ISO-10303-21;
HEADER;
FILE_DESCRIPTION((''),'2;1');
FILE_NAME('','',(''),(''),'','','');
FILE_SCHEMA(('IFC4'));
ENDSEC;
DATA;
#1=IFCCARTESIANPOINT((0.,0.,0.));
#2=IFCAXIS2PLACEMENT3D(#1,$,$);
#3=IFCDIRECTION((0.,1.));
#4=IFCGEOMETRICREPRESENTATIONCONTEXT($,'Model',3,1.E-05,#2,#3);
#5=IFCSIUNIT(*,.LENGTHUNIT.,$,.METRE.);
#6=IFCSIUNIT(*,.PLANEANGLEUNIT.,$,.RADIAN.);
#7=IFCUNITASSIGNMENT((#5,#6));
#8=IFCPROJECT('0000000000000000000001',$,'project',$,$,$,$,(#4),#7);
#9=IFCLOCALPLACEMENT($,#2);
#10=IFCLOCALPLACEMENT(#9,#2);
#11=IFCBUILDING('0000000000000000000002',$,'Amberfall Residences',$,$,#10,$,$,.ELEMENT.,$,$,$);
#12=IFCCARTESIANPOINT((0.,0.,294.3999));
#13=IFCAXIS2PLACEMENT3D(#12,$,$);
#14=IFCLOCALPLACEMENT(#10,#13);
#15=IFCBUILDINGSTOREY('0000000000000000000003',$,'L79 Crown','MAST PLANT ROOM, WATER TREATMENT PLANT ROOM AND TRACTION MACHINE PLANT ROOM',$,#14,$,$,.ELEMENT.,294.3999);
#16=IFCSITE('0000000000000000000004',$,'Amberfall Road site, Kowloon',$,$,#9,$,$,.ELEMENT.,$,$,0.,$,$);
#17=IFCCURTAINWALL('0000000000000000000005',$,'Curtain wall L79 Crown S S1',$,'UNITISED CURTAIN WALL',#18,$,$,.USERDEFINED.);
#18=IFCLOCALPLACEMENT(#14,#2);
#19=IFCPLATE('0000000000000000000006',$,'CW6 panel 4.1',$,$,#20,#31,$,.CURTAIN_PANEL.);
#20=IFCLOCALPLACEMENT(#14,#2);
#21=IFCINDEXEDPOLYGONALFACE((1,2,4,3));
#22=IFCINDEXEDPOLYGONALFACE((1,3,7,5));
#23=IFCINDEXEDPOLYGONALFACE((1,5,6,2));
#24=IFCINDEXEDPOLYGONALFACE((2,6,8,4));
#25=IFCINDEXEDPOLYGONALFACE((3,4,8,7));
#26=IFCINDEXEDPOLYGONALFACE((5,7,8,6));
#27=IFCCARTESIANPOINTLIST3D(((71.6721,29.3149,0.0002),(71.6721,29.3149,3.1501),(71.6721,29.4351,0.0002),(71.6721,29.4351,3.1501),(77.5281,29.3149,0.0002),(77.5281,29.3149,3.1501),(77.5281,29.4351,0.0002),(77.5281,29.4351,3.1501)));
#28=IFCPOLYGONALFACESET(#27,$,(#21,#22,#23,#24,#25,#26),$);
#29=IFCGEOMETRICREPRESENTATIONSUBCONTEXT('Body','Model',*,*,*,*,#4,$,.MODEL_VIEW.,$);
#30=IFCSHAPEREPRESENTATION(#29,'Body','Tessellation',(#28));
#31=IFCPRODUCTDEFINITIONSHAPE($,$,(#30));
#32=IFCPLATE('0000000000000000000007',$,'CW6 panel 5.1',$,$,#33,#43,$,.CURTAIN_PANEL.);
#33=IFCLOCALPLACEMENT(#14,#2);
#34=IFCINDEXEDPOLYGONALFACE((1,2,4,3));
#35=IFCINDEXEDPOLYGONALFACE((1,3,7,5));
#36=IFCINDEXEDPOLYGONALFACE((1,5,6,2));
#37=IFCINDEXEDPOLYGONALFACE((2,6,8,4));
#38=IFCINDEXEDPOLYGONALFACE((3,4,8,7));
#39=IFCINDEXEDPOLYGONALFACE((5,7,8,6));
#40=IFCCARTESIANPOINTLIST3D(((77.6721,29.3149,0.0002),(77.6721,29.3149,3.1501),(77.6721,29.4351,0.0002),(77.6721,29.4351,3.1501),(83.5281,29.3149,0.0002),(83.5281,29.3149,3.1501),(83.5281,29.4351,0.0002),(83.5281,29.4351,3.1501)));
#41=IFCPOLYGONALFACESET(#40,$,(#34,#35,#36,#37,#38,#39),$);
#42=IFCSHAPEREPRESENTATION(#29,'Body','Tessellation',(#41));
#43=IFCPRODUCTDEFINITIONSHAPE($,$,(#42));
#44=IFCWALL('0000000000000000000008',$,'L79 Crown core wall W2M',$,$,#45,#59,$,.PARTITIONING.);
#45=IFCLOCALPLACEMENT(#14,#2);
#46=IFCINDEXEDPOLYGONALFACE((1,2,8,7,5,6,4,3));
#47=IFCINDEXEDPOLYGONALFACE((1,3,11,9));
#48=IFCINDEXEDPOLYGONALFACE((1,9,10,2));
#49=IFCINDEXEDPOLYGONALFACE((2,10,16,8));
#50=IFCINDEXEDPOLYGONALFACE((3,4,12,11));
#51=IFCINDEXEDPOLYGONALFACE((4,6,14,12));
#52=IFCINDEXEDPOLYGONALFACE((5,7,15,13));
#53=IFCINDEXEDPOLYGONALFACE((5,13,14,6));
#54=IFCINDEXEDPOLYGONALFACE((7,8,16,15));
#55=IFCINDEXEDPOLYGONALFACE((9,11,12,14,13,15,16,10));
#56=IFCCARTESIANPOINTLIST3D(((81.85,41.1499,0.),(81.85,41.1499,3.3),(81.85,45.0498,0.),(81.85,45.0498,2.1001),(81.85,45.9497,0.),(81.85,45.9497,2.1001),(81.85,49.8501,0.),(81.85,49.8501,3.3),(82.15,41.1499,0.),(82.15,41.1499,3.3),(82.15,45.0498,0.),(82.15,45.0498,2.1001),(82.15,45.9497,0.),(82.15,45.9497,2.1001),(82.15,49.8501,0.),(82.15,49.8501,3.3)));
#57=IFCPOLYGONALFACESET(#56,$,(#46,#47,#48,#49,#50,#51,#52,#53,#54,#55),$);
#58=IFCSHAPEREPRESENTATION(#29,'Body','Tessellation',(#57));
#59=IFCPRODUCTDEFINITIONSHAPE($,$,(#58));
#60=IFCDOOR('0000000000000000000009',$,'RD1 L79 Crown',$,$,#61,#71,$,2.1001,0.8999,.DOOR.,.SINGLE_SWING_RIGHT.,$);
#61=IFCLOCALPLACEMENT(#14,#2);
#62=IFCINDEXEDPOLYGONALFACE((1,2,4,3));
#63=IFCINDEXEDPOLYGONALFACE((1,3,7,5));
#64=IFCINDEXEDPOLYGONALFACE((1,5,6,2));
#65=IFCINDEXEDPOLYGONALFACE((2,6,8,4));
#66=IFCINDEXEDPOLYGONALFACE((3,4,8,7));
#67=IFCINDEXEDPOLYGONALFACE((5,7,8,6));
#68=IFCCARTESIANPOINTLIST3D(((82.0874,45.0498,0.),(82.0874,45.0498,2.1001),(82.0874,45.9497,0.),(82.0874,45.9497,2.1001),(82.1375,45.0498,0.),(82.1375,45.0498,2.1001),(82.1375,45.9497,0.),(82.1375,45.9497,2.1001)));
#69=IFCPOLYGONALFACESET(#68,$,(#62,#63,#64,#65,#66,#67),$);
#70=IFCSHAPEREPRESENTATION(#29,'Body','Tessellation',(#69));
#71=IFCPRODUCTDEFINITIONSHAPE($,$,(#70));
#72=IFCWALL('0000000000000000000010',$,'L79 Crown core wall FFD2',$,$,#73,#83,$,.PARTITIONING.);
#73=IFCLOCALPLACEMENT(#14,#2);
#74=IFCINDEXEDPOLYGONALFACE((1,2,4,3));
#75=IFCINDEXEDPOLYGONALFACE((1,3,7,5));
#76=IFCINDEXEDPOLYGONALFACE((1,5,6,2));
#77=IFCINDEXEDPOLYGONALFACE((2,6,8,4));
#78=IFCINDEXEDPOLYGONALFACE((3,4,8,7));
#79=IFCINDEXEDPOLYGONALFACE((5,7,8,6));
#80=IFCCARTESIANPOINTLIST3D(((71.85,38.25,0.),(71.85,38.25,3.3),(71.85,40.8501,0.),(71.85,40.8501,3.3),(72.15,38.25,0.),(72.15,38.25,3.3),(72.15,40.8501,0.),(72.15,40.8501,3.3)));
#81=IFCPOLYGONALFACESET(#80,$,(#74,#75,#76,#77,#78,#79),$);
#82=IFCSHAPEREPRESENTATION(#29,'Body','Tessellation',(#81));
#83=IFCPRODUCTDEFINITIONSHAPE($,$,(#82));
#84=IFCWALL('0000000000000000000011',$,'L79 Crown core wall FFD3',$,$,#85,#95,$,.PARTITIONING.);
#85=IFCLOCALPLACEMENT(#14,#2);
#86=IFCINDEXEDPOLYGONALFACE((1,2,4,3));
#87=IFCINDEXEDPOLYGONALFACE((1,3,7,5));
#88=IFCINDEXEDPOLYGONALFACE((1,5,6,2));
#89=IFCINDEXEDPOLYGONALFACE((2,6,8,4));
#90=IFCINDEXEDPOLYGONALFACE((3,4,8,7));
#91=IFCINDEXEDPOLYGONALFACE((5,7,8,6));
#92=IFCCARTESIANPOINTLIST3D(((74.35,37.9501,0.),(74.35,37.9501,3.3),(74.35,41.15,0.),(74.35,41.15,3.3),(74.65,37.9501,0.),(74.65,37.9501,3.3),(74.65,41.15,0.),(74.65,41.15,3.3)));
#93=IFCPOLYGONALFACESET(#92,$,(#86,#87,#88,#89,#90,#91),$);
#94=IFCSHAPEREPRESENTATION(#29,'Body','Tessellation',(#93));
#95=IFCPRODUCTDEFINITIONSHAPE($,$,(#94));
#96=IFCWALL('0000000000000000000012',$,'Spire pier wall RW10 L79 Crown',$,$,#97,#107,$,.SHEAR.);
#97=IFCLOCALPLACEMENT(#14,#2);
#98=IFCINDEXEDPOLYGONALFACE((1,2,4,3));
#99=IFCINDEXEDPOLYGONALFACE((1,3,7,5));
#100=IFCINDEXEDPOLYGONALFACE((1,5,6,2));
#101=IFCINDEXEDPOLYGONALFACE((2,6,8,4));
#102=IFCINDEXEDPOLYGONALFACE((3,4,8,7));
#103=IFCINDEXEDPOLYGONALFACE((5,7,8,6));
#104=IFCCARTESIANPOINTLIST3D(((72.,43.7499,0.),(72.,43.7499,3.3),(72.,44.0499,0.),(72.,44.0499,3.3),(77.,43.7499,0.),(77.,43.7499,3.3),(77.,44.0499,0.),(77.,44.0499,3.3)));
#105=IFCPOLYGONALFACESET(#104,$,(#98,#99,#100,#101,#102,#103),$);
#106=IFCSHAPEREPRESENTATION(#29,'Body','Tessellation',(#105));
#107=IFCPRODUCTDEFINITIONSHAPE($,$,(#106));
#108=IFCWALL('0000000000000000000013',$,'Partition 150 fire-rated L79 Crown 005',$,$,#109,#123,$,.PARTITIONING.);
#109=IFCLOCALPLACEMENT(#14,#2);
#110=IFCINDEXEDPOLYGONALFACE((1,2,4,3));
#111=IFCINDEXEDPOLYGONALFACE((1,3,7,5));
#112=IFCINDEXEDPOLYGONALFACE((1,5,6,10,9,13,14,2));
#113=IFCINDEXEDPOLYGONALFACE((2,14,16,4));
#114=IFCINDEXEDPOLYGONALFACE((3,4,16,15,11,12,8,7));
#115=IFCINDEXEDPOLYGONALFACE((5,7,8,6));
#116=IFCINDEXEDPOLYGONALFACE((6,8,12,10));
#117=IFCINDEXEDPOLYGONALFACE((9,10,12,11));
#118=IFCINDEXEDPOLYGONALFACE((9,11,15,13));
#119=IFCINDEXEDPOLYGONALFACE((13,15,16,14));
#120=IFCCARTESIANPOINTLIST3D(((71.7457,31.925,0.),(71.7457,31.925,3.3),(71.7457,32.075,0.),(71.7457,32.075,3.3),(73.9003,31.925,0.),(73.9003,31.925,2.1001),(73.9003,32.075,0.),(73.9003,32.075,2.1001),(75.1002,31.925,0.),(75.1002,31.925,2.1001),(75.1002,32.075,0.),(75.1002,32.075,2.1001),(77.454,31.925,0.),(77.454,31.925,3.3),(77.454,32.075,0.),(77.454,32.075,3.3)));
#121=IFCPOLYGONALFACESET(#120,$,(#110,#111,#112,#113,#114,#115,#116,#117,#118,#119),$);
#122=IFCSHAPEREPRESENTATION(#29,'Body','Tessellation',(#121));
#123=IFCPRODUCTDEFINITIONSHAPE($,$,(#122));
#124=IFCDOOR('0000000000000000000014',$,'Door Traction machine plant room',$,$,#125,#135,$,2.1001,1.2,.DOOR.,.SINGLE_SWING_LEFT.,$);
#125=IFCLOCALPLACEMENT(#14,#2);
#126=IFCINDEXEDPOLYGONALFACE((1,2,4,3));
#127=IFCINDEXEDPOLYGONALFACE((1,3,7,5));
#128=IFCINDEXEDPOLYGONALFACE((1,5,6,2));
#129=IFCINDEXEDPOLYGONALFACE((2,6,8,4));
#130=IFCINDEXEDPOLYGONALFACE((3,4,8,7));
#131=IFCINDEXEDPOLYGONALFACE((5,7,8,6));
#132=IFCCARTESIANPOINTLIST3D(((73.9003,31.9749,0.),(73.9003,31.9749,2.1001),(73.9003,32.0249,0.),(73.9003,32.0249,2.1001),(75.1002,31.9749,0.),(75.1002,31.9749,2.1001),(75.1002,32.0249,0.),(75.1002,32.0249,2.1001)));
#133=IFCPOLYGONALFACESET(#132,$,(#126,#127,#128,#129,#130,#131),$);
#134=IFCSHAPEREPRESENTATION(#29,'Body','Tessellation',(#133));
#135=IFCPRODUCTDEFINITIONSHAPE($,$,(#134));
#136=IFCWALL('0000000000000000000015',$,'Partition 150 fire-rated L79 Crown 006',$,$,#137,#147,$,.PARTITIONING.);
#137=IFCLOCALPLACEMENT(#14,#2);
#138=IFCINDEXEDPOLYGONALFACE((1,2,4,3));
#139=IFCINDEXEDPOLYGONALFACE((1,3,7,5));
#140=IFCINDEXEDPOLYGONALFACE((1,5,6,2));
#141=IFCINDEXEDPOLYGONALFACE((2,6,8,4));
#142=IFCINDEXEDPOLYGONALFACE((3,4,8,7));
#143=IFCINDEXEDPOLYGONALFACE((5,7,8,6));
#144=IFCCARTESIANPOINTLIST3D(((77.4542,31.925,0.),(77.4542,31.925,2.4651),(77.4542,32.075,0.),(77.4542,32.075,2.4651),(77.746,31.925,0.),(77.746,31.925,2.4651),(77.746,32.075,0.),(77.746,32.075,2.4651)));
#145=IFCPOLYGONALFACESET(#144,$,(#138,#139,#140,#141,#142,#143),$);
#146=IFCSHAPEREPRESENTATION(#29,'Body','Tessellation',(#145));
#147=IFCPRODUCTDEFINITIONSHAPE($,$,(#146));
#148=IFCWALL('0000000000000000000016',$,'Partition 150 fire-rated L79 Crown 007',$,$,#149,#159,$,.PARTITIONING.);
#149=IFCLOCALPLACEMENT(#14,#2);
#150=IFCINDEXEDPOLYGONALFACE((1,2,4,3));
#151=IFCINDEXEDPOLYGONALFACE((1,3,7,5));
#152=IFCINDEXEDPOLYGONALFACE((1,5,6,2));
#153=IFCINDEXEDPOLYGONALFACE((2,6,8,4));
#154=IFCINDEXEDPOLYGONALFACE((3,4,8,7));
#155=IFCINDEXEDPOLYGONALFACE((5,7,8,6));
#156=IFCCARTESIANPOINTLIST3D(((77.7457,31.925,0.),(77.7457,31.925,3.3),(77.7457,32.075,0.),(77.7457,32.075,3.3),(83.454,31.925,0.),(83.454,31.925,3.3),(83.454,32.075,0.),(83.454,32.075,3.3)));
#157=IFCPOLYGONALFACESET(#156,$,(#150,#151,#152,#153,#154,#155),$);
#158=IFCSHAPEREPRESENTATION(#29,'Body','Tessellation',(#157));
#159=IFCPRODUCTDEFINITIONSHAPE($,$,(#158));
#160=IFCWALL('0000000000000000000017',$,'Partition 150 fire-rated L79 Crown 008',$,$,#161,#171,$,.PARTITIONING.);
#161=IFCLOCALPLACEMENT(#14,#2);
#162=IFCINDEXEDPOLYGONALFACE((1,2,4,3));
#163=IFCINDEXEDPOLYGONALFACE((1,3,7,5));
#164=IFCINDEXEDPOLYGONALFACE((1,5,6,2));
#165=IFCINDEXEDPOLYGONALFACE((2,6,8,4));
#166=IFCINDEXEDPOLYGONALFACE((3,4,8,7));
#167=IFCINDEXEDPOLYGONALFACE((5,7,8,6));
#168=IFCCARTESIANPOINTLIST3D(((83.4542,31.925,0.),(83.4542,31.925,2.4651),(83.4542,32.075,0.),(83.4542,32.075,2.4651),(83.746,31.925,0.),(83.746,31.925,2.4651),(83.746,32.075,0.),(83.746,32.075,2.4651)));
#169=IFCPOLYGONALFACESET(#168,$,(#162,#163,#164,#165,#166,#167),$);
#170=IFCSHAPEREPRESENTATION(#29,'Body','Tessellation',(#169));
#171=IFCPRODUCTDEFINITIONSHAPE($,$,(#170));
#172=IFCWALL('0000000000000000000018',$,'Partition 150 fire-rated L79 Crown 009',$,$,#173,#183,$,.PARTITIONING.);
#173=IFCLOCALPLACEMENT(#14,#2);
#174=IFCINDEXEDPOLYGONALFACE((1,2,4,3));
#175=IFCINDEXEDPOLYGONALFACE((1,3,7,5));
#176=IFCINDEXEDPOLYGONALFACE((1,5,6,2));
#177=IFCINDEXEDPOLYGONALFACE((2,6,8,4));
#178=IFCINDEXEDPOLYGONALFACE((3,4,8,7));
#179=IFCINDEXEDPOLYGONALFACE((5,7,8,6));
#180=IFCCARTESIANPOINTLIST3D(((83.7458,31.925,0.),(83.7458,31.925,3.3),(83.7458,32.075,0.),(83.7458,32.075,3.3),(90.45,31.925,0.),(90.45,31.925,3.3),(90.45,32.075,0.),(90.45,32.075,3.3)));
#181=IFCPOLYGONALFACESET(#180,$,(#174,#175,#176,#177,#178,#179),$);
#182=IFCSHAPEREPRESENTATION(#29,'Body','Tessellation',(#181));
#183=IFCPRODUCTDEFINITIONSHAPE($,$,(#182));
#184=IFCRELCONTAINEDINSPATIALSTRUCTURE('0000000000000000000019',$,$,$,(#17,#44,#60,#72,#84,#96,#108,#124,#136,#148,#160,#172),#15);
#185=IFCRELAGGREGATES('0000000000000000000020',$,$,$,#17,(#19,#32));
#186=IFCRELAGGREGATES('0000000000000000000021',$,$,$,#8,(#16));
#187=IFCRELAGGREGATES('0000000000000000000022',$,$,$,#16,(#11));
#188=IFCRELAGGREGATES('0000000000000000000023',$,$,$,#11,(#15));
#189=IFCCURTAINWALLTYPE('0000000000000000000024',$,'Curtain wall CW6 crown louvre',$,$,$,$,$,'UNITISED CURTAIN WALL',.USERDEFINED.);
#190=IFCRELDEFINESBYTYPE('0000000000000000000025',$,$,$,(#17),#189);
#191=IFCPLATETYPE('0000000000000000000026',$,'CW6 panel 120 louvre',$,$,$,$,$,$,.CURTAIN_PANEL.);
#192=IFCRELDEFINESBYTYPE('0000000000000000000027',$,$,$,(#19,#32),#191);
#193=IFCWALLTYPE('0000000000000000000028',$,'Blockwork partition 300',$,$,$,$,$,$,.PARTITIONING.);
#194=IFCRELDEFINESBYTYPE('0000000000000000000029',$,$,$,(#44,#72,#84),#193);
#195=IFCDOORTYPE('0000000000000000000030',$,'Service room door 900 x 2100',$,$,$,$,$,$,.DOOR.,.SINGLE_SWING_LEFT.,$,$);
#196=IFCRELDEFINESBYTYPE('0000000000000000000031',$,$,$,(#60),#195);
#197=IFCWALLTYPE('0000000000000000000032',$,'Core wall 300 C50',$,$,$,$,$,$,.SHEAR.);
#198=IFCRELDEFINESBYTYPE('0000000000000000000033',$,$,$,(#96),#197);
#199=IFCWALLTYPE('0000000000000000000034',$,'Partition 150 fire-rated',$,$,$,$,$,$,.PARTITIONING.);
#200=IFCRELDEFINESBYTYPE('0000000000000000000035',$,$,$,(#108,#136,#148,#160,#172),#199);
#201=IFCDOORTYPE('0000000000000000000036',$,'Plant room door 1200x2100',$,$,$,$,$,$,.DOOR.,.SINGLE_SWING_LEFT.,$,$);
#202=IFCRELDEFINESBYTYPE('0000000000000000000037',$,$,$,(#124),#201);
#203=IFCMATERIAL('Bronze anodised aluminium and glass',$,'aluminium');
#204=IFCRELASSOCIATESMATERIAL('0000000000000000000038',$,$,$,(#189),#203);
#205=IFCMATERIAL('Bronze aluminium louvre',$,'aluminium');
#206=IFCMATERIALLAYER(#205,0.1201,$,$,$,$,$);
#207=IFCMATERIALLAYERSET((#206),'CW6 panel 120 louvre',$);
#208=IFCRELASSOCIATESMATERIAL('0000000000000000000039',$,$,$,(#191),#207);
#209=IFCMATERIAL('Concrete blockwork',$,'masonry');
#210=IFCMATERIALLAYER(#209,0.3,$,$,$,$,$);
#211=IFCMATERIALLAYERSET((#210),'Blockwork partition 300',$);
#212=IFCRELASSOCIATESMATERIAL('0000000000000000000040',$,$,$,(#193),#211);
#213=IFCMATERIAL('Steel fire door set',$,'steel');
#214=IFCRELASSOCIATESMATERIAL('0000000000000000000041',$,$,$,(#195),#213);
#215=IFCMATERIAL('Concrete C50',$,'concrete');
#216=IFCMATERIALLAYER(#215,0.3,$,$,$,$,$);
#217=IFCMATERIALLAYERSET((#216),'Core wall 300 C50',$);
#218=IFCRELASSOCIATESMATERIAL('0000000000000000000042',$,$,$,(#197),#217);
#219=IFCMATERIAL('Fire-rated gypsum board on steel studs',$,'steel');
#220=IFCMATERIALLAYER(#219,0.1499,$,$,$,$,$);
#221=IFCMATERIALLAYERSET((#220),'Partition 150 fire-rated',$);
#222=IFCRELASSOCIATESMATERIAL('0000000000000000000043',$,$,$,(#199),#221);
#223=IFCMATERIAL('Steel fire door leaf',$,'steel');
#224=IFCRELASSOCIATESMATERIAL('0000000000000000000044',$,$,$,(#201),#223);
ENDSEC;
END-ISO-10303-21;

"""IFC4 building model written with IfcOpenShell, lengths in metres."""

from ifc_helpers import new_model, si_unit, direction, frame, frame_2d, origin, origin_2d, place, context, subcontext, project, spatial, rectangle, extrude, material, layer, layer_set, type_object, element, fill, aggregate, save


model = new_model("IFC4")

# Units and contexts
model_context = context("Model", 3, precision=1e-05, world=origin(), true_north=direction((0.0, 1.0)))
body_context = subcontext(model_context, "Body", "Model", "MODEL_VIEW")
ifc_project = project(units=[si_unit("LENGTHUNIT", "METRE"), si_unit("PLANEANGLEUNIT", "RADIAN")], contexts=[model_context])

# Site, building, storey
site_placement = place(None, origin())
site = spatial("IfcSite", under=ifc_project, at=site_placement, Name="Amberfall Road site, Kowloon", CompositionType="ELEMENT", RefElevation=0.0)
building_placement = place(site_placement, origin())
building = spatial("IfcBuilding", under=site, at=building_placement, Name="Amberfall Residences", CompositionType="ELEMENT")
storey_placement = place(building_placement, frame((0.0, 0.0, 294.3999)))
storey = spatial("IfcBuildingStorey", under=building, at=storey_placement, Name="L79 Crown", Description="MAST PLANT ROOM, WATER TREATMENT PLANT ROOM AND TRACTION MACHINE PLANT ROOM", CompositionType="ELEMENT", Elevation=294.3999)

# Shared definitions
ifc_material_1 = material(Name="Concrete C50", Category="concrete")

# Curtain wall
ifc_material_2 = material(Name="Bronze anodised aluminium and glass", Category="aluminium")
curtain_wall_type = type_object("IfcCurtainWallType", Name="Curtain wall CW6 crown louvre", ElementType="UNITISED CURTAIN WALL", PredefinedType="USERDEFINED", material=ifc_material_2)
curtain_wall_placement = place(storey_placement, origin())
curtain_wall = element("IfcCurtainWall", 1, at=curtain_wall_placement, inside=storey, type_object=curtain_wall_type, Name="Curtain wall L79 Crown S S1", ObjectType="UNITISED CURTAIN WALL", PredefinedType="USERDEFINED")

# Plates
ifc_material_3 = material(Name="Bronze aluminium louvre", Category="aluminium")
ifc_layer_1 = layer(ifc_material_3, 0.1201)
ifc_layer_set_1 = layer_set([ifc_layer_1], Name="CW6 panel 120 louvre")
plate_type = type_object("IfcPlateType", Name="CW6 panel 120 louvre", PredefinedType="CURTAIN_PANEL", material=ifc_layer_set_1)
plate_1_placement = place(storey_placement, frame((74.6001, 29.375, 0.0002), z_axis=(0.0, 0.0, 1.0), x_axis=(1.0, 0.0, 0.0)))
plate_1 = element("IfcPlate", 2, at=plate_1_placement, type_object=plate_type, Name="CW6 panel 4.1", PredefinedType="CURTAIN_PANEL", context=body_context, shape_type="SweptSolid", body=[
    extrude(rectangle(XDim=5.856, YDim=0.1201, at=origin_2d()), origin(), (0.0, 0.0, 1.0), 3.1499),
])
plate_2_placement = place(storey_placement, frame((80.6001, 29.375, 0.0002), z_axis=(0.0, 0.0, 1.0), x_axis=(1.0, 0.0, 0.0)))
plate_2 = element("IfcPlate", 3, at=plate_2_placement, type_object=plate_type, Name="CW6 panel 5.1", PredefinedType="CURTAIN_PANEL", context=body_context, shape_type="SweptSolid", body=[
    extrude(rectangle(XDim=5.856, YDim=0.1201, at=origin_2d()), origin(), (0.0, 0.0, 1.0), 3.1499),
])
aggregate(curtain_wall, [plate_1, plate_2])

# Wall, opening, door
ifc_material_4 = material(Name="Concrete blockwork", Category="masonry")
ifc_layer_2 = layer(ifc_material_4, 0.3)
ifc_layer_set_2 = layer_set([ifc_layer_2], Name="Blockwork partition 300")
wall_type_1 = type_object("IfcWallType", Name="Blockwork partition 300", PredefinedType="PARTITIONING", material=ifc_layer_set_2)
wall_1_placement = place(storey_placement, frame((82.0, 41.1499, 0.0), z_axis=(0.0, 0.0, 1.0), x_axis=(0.0, 1.0, 0.0)))
wall_1 = element("IfcWall", 4, at=wall_1_placement, inside=storey, type_object=wall_type_1, Name="L79 Crown core wall W2M", PredefinedType="PARTITIONING", context=body_context, shape_type="SweptSolid", body=[
    extrude(rectangle(XDim=8.7002, YDim=0.3, at=frame_2d((4.3501, 0.0))), origin(), (0.0, 0.0, 1.0), 3.3),
])
opening_1_placement = place(wall_1_placement, frame((3.8999, 0.0, 0.0)))
opening_1 = element("IfcOpeningElement", 5, at=opening_1_placement, cuts=wall_1, PredefinedType="OPENING", context=body_context, shape_type="SweptSolid", body=[
    extrude(rectangle(XDim=0.8999, YDim=2.1001, at=frame_2d((0.45, 1.05))), frame((0.0, 0.1599, 0.0), z_axis=(0.0, -1.0, 0.0), x_axis=(1.0, 0.0, 0.0)), (0.0, 0.0, 1.0), 0.3201),
])
ifc_material_5 = material(Name="Steel fire door set", Category="steel")
door_type_1 = type_object("IfcDoorType", Name="Service room door 900 x 2100", OperationType="SINGLE_SWING_LEFT", PredefinedType="DOOR", material=ifc_material_5)
door_1_placement = place(opening_1_placement, origin())
door_1 = element("IfcDoor", 6, at=door_1_placement, inside=storey, type_object=door_type_1, Name="RD1 L79 Crown", OperationType="SINGLE_SWING_RIGHT", OverallHeight=2.1001, OverallWidth=0.8999, PredefinedType="DOOR", context=body_context, shape_type="SweptSolid", body=[
    extrude(rectangle(XDim=0.8999, YDim=2.1001, at=frame_2d((0.45, 1.05))), frame((0.0, -0.0874, 0.0), z_axis=(0.0, -1.0, 0.0), x_axis=(1.0, 0.0, 0.0)), (0.0, 0.0, 1.0), 0.05),
])
fill(opening_1, door_1)

# Walls
wall_2_placement = place(storey_placement, frame((72.0, 38.25, 0.0), z_axis=(0.0, 0.0, 1.0), x_axis=(0.0, 1.0, 0.0)))
element("IfcWall", 7, at=wall_2_placement, inside=storey, type_object=wall_type_1, Name="L79 Crown core wall FFD2", PredefinedType="PARTITIONING", context=body_context, shape_type="SweptSolid", body=[
    extrude(rectangle(XDim=2.6001, YDim=0.3, at=frame_2d((1.3, 0.0))), origin(), (0.0, 0.0, 1.0), 3.3),
])
wall_3_placement = place(storey_placement, frame((74.5, 37.95, 0.0), z_axis=(0.0, 0.0, 1.0), x_axis=(0.0, 1.0, 0.0)))
element("IfcWall", 8, at=wall_3_placement, inside=storey, type_object=wall_type_1, Name="L79 Crown core wall FFD3", PredefinedType="PARTITIONING", context=body_context, shape_type="SweptSolid", body=[
    extrude(rectangle(XDim=3.2, YDim=0.3, at=frame_2d((1.6001, 0.0))), origin(), (0.0, 0.0, 1.0), 3.3),
])
ifc_layer_3 = layer(ifc_material_1, 0.3)
ifc_layer_set_3 = layer_set([ifc_layer_3], Name="Core wall 300 C50")
wall_type_2 = type_object("IfcWallType", Name="Core wall 300 C50", PredefinedType="SHEAR", material=ifc_layer_set_3)
wall_4_placement = place(storey_placement, frame((72.0, 43.8999, 0.0), z_axis=(0.0, 0.0, 1.0), x_axis=(1.0, 0.0, 0.0)))
element("IfcWall", 9, at=wall_4_placement, inside=storey, type_object=wall_type_2, Name="Spire pier wall RW10 L79 Crown", PredefinedType="SHEAR", context=body_context, shape_type="SweptSolid", body=[
    extrude(rectangle(XDim=5.0, YDim=0.3, at=frame_2d((2.5, 0.0))), origin(), (0.0, 0.0, 1.0), 3.3),
])

# Wall, opening, door
ifc_material_6 = material(Name="Fire-rated gypsum board on steel studs", Category="steel")
ifc_layer_4 = layer(ifc_material_6, 0.1499)
ifc_layer_set_4 = layer_set([ifc_layer_4], Name="Partition 150 fire-rated")
wall_type_3 = type_object("IfcWallType", Name="Partition 150 fire-rated", PredefinedType="PARTITIONING", material=ifc_layer_set_4)
wall_5_placement = place(storey_placement, frame((71.7458, 32.0, 0.0), z_axis=(0.0, 0.0, 1.0), x_axis=(1.0, 0.0, 0.0)))
wall_5 = element("IfcWall", 10, at=wall_5_placement, inside=storey, type_object=wall_type_3, Name="Partition 150 fire-rated L79 Crown 005", PredefinedType="PARTITIONING", context=body_context, shape_type="SweptSolid", body=[
    extrude(rectangle(XDim=5.7083, YDim=0.1499, at=frame_2d((2.854, 0.0))), origin(), (0.0, 0.0, 1.0), 3.3),
])
opening_2_placement = place(wall_5_placement, frame((2.1543, 0.0, 0.0)))
opening_2 = element("IfcOpeningElement", 11, at=opening_2_placement, cuts=wall_5, PredefinedType="OPENING", context=body_context, shape_type="SweptSolid", body=[
    extrude(rectangle(XDim=1.2, YDim=2.1001, at=frame_2d((0.6001, 1.05))), frame((0.0, 0.085, 0.0), z_axis=(0.0, -1.0, 0.0), x_axis=(1.0, 0.0, 0.0)), (0.0, 0.0, 1.0), 0.1699),
])
ifc_material_7 = material(Name="Steel fire door leaf", Category="steel")
door_type_2 = type_object("IfcDoorType", Name="Plant room door 1200x2100", OperationType="SINGLE_SWING_LEFT", PredefinedType="DOOR", material=ifc_material_7)
door_2_placement = place(opening_2_placement, origin())
door_2 = element("IfcDoor", 12, at=door_2_placement, inside=storey, type_object=door_type_2, Name="Door Traction machine plant room", OperationType="SINGLE_SWING_LEFT", OverallHeight=2.1001, OverallWidth=1.2, PredefinedType="DOOR", context=body_context, shape_type="SweptSolid", body=[
    extrude(rectangle(XDim=1.2, YDim=2.1001, at=frame_2d((0.6001, 1.05))), frame((0.0, 0.0249, 0.0), z_axis=(0.0, -1.0, 0.0), x_axis=(1.0, 0.0, 0.0)), (0.0, 0.0, 1.0), 0.05),
])
fill(opening_2, door_2)

# Walls
wall_6_placement = place(storey_placement, frame((77.4541, 32.0, 0.0), z_axis=(0.0, 0.0, 1.0), x_axis=(1.0, 0.0, 0.0)))
element("IfcWall", 13, at=wall_6_placement, inside=storey, type_object=wall_type_3, Name="Partition 150 fire-rated L79 Crown 006", PredefinedType="PARTITIONING", context=body_context, shape_type="SweptSolid", body=[
    extrude(rectangle(XDim=0.2917, YDim=0.1499, at=frame_2d((0.146, 0.0))), origin(), (0.0, 0.0, 1.0), 2.4651),
])
wall_7_placement = place(storey_placement, frame((77.7458, 32.0, 0.0), z_axis=(0.0, 0.0, 1.0), x_axis=(1.0, 0.0, 0.0)))
element("IfcWall", 14, at=wall_7_placement, inside=storey, type_object=wall_type_3, Name="Partition 150 fire-rated L79 Crown 007", PredefinedType="PARTITIONING", context=body_context, shape_type="SweptSolid", body=[
    extrude(rectangle(XDim=5.7083, YDim=0.1499, at=frame_2d((2.854, 0.0))), origin(), (0.0, 0.0, 1.0), 3.3),
])
wall_8_placement = place(storey_placement, frame((83.4541, 32.0, 0.0), z_axis=(0.0, 0.0, 1.0), x_axis=(1.0, 0.0, 0.0)))
element("IfcWall", 15, at=wall_8_placement, inside=storey, type_object=wall_type_3, Name="Partition 150 fire-rated L79 Crown 008", PredefinedType="PARTITIONING", context=body_context, shape_type="SweptSolid", body=[
    extrude(rectangle(XDim=0.2917, YDim=0.1499, at=frame_2d((0.146, 0.0))), origin(), (0.0, 0.0, 1.0), 2.4651),
])
wall_9_placement = place(storey_placement, frame((83.7458, 32.0, 0.0), z_axis=(0.0, 0.0, 1.0), x_axis=(1.0, 0.0, 0.0)))
element("IfcWall", 16, at=wall_9_placement, inside=storey, type_object=wall_type_3, Name="Partition 150 fire-rated L79 Crown 009", PredefinedType="PARTITIONING", context=body_context, shape_type="SweptSolid", body=[
    extrude(rectangle(XDim=6.7041, YDim=0.1499, at=frame_2d((3.3521, 0.0))), origin(), (0.0, 0.0, 1.0), 3.3),
])

save(model, "model.ifc")
